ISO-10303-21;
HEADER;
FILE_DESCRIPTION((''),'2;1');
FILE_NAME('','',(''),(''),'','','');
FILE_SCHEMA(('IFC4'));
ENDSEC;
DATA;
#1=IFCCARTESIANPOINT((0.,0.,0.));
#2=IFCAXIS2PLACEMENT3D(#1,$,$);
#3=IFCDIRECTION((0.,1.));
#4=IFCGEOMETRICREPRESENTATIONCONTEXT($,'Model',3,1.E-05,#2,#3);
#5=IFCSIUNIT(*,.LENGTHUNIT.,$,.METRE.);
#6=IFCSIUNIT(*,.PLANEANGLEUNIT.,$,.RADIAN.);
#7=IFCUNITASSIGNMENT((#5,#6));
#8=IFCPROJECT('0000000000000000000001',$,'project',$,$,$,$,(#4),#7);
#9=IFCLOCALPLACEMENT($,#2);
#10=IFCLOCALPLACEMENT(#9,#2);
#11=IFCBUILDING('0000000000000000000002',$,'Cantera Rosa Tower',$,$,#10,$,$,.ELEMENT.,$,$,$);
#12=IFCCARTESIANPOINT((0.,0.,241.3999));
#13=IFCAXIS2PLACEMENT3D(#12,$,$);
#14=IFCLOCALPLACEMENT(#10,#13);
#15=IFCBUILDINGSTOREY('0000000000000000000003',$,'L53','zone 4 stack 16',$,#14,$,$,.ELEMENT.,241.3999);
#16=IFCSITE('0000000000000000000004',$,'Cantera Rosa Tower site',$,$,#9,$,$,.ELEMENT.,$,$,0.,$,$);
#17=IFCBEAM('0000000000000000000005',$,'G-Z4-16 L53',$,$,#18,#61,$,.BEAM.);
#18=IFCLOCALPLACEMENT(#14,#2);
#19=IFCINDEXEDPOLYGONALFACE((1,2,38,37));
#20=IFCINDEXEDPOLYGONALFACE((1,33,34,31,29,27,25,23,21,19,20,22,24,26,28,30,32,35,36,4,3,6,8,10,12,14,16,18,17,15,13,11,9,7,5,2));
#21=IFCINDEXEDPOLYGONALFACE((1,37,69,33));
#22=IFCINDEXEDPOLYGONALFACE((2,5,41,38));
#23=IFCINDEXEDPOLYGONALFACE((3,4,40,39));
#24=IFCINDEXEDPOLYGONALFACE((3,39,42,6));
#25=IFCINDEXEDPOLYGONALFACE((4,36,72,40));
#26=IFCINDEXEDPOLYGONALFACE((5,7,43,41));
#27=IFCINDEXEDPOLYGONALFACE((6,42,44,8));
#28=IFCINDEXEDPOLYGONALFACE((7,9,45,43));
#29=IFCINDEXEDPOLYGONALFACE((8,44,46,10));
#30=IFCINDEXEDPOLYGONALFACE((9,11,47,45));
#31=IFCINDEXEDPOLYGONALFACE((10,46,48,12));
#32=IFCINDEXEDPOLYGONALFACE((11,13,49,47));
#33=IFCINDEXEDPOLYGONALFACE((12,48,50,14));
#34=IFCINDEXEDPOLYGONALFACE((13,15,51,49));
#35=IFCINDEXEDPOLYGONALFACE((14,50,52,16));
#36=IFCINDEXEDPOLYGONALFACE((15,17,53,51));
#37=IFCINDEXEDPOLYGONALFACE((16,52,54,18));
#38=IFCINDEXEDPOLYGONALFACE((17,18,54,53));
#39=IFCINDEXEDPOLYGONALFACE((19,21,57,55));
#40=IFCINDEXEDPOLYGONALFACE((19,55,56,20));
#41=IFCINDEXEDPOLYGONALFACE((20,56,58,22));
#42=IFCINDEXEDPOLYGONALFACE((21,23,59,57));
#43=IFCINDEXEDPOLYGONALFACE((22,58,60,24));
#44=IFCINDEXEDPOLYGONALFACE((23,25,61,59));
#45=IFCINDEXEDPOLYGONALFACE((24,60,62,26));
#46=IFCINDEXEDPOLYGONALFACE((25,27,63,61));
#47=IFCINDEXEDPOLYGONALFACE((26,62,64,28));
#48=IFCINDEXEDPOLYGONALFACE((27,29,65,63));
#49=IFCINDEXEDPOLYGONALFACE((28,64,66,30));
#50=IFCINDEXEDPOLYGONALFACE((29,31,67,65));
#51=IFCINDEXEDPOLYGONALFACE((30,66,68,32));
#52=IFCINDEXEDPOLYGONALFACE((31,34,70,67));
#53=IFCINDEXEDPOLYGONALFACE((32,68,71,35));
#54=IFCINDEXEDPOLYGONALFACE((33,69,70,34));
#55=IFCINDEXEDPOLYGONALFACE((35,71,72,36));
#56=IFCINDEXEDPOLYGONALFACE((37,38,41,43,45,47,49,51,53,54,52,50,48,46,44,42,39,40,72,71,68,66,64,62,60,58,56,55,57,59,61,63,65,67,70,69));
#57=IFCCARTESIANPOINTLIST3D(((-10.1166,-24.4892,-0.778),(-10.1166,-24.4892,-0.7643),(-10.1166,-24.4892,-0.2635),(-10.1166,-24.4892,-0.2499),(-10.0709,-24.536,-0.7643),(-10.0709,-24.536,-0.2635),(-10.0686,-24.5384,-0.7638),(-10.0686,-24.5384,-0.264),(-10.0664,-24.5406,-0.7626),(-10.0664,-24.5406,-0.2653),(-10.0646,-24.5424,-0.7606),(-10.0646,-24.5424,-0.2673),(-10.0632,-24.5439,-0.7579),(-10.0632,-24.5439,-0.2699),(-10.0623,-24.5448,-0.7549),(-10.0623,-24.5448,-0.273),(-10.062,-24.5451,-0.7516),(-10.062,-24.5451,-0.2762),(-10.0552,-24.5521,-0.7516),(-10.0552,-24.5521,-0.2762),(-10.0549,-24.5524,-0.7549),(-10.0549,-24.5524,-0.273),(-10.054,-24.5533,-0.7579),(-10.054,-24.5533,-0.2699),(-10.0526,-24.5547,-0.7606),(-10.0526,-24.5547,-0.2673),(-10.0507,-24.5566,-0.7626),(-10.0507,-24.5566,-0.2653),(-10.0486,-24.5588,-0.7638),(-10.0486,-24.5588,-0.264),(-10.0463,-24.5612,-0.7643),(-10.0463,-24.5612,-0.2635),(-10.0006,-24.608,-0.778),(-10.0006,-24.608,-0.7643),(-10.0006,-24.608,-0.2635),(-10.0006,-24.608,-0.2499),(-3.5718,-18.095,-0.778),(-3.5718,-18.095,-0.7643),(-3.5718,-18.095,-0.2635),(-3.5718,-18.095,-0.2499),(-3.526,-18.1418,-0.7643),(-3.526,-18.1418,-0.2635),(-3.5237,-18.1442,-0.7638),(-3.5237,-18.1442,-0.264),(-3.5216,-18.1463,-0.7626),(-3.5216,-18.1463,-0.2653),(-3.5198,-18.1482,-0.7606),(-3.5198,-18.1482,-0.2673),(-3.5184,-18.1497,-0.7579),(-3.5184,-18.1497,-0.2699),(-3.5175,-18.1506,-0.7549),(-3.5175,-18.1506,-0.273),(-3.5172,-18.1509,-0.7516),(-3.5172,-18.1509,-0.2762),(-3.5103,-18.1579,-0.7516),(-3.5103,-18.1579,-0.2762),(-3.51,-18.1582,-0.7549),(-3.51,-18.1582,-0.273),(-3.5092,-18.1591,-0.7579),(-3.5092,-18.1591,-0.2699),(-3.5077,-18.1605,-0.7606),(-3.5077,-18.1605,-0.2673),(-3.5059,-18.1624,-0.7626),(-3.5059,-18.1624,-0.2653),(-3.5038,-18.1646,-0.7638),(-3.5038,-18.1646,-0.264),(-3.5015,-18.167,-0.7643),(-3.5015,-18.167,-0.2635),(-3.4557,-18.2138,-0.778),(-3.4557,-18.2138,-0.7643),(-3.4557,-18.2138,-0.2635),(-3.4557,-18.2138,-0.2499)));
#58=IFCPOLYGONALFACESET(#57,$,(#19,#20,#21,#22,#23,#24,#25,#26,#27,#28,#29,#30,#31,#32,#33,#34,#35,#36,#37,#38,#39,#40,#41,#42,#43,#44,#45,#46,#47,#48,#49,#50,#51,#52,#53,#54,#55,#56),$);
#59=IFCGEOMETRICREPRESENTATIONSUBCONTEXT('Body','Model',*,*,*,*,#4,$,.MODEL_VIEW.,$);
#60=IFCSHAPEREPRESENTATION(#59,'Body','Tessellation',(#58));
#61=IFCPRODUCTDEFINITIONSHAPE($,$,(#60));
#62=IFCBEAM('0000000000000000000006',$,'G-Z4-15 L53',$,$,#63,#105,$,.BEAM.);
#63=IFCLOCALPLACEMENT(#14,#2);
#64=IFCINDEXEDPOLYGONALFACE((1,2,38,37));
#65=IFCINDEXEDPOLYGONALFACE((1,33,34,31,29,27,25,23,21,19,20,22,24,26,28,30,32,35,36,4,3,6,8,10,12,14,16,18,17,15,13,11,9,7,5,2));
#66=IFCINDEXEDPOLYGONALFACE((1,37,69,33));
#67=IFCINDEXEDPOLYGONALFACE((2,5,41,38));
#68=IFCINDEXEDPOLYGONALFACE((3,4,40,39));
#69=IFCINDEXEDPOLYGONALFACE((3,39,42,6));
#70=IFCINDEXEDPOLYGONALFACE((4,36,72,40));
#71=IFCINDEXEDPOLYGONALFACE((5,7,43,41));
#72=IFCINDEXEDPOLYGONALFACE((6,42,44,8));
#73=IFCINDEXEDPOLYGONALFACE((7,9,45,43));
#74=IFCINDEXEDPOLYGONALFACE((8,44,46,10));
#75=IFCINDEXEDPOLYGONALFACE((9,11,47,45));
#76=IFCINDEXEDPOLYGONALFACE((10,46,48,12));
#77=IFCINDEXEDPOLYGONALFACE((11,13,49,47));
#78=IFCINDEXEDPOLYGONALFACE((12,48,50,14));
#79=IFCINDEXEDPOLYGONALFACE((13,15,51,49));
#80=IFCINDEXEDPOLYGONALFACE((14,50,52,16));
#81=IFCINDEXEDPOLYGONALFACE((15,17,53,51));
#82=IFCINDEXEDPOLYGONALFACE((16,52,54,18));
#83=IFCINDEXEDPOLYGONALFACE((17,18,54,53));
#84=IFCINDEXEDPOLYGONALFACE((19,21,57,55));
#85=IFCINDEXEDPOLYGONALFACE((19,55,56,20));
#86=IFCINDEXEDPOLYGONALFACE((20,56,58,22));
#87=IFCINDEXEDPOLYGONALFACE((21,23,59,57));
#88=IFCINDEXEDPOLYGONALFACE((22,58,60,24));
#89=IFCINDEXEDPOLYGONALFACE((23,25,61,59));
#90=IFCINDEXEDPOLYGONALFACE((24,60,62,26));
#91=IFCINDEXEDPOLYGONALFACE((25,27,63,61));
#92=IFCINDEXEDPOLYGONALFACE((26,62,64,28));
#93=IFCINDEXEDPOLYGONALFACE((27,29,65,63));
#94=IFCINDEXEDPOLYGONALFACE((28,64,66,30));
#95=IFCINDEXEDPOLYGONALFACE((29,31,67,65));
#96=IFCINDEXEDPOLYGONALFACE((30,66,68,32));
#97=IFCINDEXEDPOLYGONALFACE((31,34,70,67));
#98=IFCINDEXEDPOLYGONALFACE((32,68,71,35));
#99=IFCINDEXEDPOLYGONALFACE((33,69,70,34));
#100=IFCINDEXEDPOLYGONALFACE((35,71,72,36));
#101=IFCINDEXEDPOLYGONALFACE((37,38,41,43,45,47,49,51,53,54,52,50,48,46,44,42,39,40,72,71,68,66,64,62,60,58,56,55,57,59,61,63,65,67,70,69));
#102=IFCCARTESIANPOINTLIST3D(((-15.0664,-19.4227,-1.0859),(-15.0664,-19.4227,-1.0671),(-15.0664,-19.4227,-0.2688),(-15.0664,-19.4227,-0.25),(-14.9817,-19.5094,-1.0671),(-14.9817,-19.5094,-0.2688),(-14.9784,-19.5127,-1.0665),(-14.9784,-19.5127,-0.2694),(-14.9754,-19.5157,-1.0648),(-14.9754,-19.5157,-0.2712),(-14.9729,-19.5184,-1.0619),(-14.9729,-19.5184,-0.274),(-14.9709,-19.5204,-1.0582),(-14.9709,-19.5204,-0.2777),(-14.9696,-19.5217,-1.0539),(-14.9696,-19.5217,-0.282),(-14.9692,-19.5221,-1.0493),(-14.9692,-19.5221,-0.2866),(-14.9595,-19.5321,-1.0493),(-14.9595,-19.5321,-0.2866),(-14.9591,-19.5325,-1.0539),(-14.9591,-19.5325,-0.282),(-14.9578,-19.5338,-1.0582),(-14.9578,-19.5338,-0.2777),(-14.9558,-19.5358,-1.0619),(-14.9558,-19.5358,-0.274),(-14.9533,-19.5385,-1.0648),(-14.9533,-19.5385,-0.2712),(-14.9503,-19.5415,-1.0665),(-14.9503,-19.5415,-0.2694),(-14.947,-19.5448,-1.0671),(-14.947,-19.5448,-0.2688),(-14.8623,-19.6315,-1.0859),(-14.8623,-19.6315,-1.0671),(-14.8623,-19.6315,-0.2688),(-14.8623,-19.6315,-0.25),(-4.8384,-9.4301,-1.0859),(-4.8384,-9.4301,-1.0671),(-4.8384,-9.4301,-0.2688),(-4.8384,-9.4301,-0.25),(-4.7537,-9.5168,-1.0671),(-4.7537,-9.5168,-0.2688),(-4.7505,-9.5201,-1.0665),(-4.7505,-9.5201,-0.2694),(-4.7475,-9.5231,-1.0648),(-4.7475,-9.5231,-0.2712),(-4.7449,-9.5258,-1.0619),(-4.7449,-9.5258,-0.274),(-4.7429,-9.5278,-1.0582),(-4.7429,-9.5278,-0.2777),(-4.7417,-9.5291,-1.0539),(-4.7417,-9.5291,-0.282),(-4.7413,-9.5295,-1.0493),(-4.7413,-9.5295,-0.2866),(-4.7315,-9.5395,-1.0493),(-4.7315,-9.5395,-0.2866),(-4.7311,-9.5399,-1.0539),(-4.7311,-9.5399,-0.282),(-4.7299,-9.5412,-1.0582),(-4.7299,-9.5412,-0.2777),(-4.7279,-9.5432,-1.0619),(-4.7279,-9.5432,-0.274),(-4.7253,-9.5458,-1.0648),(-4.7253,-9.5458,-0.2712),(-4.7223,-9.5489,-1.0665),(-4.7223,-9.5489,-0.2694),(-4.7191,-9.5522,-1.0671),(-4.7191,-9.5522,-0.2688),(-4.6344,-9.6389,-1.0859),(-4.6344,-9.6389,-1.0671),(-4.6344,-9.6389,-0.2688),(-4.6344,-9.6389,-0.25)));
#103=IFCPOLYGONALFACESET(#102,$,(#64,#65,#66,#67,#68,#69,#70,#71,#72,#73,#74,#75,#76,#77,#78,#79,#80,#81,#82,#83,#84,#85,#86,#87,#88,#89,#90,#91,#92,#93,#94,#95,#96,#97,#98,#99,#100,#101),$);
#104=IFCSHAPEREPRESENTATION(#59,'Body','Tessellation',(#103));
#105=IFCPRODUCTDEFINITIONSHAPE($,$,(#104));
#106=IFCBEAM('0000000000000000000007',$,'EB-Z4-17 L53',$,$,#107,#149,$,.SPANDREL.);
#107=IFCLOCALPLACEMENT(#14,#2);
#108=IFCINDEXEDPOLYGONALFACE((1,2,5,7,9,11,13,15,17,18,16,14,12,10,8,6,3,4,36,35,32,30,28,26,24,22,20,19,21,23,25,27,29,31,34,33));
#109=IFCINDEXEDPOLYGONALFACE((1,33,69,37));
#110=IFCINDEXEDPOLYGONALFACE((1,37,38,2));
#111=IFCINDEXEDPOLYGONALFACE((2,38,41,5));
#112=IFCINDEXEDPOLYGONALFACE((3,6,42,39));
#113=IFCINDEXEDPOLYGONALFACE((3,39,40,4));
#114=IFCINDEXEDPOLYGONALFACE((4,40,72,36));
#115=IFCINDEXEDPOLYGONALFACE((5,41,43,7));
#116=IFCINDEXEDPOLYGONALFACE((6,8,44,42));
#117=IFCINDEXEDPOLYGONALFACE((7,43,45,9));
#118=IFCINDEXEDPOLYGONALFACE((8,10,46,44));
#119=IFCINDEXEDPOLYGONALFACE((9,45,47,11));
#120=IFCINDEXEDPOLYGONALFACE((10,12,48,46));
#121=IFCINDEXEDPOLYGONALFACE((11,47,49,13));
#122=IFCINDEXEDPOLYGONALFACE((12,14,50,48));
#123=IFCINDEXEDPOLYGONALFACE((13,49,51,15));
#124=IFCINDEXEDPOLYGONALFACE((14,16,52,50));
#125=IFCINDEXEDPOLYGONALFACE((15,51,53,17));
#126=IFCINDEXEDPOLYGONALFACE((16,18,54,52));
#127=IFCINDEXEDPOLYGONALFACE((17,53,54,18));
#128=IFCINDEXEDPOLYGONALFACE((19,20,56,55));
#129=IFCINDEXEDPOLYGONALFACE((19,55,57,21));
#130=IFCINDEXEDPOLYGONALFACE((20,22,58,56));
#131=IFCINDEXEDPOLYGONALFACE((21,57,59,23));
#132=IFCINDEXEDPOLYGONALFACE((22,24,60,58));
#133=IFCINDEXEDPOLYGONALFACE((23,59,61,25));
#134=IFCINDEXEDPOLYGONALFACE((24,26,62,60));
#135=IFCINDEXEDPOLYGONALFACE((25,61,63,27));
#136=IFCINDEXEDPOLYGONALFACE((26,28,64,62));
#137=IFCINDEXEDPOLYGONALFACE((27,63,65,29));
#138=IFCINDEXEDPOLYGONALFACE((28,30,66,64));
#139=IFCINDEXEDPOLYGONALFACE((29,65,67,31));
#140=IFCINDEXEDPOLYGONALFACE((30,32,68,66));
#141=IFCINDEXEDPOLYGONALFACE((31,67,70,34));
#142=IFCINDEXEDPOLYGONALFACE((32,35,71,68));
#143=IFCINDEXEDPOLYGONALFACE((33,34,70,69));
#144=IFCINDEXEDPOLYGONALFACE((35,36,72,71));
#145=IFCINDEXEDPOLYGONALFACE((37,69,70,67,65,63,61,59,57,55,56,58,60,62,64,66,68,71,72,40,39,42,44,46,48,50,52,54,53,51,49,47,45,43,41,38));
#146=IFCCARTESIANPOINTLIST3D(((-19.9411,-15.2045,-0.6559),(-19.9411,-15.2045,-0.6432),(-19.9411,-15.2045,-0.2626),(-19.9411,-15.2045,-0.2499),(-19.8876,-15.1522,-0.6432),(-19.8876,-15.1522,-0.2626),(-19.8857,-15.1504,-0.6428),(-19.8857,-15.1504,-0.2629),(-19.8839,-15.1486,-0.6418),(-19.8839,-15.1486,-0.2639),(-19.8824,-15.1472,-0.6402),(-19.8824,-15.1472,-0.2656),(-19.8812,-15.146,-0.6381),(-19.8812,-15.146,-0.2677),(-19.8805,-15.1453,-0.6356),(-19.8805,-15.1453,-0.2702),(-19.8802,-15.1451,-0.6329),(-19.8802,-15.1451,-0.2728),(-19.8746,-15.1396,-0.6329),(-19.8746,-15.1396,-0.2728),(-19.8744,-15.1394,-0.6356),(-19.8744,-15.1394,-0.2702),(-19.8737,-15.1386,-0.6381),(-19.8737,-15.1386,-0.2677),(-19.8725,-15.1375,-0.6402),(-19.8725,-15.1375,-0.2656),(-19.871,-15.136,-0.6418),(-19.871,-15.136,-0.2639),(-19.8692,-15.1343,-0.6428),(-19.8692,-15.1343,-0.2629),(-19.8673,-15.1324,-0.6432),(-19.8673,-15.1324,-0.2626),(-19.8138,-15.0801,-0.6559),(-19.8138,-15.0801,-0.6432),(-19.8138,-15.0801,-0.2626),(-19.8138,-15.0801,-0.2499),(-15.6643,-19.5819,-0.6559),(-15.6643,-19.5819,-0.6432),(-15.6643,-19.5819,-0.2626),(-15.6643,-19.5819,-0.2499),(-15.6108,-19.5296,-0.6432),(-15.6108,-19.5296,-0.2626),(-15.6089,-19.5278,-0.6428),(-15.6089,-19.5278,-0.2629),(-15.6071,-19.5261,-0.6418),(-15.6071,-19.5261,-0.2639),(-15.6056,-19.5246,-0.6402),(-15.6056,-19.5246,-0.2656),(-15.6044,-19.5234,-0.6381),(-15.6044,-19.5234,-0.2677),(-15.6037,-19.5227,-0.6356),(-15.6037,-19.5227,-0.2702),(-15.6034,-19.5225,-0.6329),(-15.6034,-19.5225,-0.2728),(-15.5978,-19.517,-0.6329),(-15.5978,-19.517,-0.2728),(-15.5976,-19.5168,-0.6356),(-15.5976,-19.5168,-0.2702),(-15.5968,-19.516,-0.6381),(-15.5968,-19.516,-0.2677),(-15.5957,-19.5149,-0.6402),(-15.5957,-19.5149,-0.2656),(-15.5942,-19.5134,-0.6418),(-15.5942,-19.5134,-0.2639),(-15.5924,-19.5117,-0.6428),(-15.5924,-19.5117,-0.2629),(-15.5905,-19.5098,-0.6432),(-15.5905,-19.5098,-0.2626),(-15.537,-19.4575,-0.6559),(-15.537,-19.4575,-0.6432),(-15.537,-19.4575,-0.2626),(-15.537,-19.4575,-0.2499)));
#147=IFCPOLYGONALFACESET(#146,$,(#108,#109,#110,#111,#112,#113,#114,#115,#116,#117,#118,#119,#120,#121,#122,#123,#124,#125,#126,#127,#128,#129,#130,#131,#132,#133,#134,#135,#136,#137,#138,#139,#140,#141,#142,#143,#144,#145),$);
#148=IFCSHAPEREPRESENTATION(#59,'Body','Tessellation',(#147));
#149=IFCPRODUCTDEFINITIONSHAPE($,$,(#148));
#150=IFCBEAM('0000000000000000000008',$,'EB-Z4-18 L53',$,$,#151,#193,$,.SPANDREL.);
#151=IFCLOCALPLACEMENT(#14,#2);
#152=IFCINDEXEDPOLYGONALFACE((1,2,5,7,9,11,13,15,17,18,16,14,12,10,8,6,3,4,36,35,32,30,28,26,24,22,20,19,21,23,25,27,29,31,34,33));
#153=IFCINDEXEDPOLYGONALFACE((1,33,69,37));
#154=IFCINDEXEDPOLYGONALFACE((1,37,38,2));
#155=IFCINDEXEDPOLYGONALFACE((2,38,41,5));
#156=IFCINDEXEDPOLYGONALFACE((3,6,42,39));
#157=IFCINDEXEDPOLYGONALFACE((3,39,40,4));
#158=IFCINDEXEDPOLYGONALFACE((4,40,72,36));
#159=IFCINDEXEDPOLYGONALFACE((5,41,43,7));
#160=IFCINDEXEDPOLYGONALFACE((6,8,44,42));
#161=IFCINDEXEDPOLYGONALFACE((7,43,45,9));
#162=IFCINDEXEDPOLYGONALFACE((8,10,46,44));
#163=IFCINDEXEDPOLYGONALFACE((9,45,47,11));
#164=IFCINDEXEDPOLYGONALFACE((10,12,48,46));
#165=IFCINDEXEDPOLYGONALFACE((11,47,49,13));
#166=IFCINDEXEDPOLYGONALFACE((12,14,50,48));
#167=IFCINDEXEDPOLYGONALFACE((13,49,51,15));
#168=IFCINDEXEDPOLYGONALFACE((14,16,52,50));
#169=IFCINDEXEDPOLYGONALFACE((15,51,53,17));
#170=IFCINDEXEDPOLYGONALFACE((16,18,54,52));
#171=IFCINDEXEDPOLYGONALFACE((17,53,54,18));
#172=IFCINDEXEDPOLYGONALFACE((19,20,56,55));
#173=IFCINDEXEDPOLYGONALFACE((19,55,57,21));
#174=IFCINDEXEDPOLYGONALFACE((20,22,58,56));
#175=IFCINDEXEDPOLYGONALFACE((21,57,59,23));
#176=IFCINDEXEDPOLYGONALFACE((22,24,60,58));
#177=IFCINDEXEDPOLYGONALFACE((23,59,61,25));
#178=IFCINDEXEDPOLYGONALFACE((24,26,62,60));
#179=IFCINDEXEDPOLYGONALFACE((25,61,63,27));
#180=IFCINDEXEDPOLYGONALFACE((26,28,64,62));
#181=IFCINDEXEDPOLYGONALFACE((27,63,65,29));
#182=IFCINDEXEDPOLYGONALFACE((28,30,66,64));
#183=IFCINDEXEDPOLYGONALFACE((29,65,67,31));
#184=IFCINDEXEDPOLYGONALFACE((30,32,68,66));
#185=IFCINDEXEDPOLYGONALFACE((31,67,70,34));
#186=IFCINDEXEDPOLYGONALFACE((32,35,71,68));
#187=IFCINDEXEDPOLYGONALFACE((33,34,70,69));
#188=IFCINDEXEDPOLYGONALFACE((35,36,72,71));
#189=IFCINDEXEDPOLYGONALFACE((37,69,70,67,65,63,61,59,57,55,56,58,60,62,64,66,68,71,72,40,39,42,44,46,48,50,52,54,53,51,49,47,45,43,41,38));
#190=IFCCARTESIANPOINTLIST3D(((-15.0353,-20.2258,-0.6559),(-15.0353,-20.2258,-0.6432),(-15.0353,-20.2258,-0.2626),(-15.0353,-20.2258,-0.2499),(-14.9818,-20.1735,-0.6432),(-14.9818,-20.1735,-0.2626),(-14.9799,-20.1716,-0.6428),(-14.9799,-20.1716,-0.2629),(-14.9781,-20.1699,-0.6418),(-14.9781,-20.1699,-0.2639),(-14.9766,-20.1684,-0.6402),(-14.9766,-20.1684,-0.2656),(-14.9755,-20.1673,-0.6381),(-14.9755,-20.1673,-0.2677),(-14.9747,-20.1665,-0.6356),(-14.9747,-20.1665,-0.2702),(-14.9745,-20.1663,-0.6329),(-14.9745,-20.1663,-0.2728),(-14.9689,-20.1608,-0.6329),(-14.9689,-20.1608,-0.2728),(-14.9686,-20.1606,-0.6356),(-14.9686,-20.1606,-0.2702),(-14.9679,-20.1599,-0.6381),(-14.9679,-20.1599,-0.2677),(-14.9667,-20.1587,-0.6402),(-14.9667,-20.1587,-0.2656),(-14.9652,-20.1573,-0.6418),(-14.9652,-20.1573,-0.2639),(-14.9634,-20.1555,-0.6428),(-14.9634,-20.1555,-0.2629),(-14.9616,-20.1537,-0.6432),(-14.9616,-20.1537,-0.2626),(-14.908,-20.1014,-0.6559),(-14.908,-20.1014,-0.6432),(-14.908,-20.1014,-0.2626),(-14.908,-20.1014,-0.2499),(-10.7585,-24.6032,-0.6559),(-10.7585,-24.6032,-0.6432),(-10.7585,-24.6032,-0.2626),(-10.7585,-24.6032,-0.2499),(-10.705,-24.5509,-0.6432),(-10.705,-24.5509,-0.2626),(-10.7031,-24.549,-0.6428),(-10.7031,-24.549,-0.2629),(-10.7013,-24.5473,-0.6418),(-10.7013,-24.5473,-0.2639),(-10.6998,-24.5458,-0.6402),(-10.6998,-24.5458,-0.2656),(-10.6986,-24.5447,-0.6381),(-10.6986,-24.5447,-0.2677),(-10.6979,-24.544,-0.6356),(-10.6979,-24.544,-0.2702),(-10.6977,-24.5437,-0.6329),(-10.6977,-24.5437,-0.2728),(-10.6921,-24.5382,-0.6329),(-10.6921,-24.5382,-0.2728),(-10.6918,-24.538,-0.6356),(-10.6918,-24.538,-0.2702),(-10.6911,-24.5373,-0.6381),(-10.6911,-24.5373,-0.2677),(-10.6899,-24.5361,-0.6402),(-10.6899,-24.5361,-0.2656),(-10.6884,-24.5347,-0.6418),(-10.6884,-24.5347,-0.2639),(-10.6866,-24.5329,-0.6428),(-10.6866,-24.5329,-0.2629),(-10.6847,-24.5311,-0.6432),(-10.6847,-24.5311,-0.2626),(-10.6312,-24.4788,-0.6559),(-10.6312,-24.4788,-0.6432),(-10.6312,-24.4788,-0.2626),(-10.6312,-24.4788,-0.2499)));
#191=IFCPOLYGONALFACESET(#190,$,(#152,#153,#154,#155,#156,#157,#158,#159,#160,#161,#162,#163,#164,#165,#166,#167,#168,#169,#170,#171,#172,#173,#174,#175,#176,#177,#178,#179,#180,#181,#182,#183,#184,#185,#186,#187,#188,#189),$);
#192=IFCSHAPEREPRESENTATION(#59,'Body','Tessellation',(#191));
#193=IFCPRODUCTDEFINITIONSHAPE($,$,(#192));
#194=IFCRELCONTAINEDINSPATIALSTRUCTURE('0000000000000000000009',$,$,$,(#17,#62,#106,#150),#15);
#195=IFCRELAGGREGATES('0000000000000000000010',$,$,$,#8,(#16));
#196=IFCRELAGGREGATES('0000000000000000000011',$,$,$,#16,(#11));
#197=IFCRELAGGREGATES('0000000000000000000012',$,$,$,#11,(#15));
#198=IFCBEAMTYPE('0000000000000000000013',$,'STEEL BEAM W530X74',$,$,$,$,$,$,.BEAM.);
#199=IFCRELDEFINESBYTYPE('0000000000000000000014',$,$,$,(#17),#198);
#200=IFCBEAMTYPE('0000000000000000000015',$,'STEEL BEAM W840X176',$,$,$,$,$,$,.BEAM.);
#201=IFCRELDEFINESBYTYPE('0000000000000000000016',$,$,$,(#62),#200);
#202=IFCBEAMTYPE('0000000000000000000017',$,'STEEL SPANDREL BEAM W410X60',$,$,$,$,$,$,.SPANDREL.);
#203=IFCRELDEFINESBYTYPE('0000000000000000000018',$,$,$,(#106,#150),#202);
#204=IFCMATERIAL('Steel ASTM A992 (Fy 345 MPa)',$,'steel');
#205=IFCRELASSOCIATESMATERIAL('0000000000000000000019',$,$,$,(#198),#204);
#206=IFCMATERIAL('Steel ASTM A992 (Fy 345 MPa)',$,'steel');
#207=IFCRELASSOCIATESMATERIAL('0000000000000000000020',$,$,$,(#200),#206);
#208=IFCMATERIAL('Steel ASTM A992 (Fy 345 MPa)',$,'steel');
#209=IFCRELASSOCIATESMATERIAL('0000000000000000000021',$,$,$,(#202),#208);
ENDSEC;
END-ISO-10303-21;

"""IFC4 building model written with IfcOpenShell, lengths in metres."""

from ifc_helpers import new_model, si_unit, direction, frame, origin, origin_2d, place, context, subcontext, project, spatial, i_section, extrude, material, material_profile, profile_set, type_object, element, save


model = new_model("IFC4")

# Units and contexts
model_context = context("Model", 3, precision=1e-05, world=origin(), true_north=direction((0.0, 1.0)))
body_context = subcontext(model_context, "Body", "Model", "MODEL_VIEW")
ifc_project = project(units=[si_unit("LENGTHUNIT", "METRE"), si_unit("PLANEANGLEUNIT", "RADIAN")], contexts=[model_context])

# Site, building, storey
site_placement = place(None, origin())
site = spatial("IfcSite", under=ifc_project, at=site_placement, Name="Cantera Rosa Tower site", CompositionType="ELEMENT", RefElevation=0.0)
building_placement = place(site_placement, origin())
building = spatial("IfcBuilding", under=site, at=building_placement, Name="Cantera Rosa Tower", CompositionType="ELEMENT")
storey_placement = place(building_placement, frame((0.0, 0.0, 241.3999)))
storey = spatial("IfcBuildingStorey", under=building, at=storey_placement, Name="L53", Description="zone 4 stack 16", CompositionType="ELEMENT", Elevation=241.3999)

# Beams
ifc_material_1 = material(Name="Steel ASTM A992 (Fy 345 MPa)", Category="steel")
ifc_material_profile_1 = material_profile(ifc_material_1, i_section(OverallWidth=0.166, OverallDepth=0.5281, WebThickness=0.0098, FlangeThickness=0.0137, FilletRadius=0.0127, at=origin_2d()), Name="W530X74")
ifc_profile_set_1 = profile_set([ifc_material_profile_1], Name="Steel ASTM A992 (Fy 345 MPa)")
beam_type_1 = type_object("IfcBeamType", Name="STEEL BEAM W530X74", PredefinedType="BEAM", material=ifc_profile_set_1)
for number, where, z_axis, x_axis, name in (
    (1, (-10.0586, -24.5486, -0.5139), (0.71529, 0.698827, 0.0), (-0.698827, 0.71529, 0.0), "G-Z4-16 L53"),
):
    element("IfcBeam", number, at=place(storey_placement, frame(where, z_axis=z_axis, x_axis=x_axis)), inside=storey, type_object=beam_type_1, Name=name, PredefinedType="BEAM", context=body_context, shape_type="SweptSolid", body=[
        extrude(i_section(OverallWidth=0.166, OverallDepth=0.5281, WebThickness=0.0098, FlangeThickness=0.0137, FilletRadius=0.0127, at=origin_2d()), origin(), (0.0, 0.0, 1.0), 9.1499),
    ])
ifc_material_2 = material(Name="Steel ASTM A992 (Fy 345 MPa)", Category="steel")
ifc_material_profile_2 = material_profile(ifc_material_2, i_section(OverallWidth=0.292, OverallDepth=0.8359, WebThickness=0.0139, FlangeThickness=0.0188, FilletRadius=0.0178, at=origin_2d()), Name="W840X176")
ifc_profile_set_2 = profile_set([ifc_material_profile_2], Name="Steel ASTM A992 (Fy 345 MPa)")
beam_type_2 = type_object("IfcBeamType", Name="STEEL BEAM W840X176", PredefinedType="BEAM", material=ifc_profile_set_2)
beam_1_placement = place(storey_placement, frame((-14.9644, -19.5271, -0.668), z_axis=(0.715288, 0.698829, 0.0), x_axis=(-0.698829, 0.715288, 0.0)))
element("IfcBeam", 2, at=beam_1_placement, inside=storey, type_object=beam_type_2, Name="G-Z4-15 L53", PredefinedType="BEAM", context=body_context, shape_type="SweptSolid", body=[
    extrude(i_section(OverallWidth=0.292, OverallDepth=0.8359, WebThickness=0.0139, FlangeThickness=0.0188, FilletRadius=0.0178, at=origin_2d()), origin(), (0.0, 0.0, 1.0), 14.2991),
])
ifc_material_3 = material(Name="Steel ASTM A992 (Fy 345 MPa)", Category="steel")
ifc_material_profile_3 = material_profile(ifc_material_3, i_section(OverallWidth=0.178, OverallDepth=0.406, WebThickness=0.0078, FlangeThickness=0.0127, FilletRadius=0.0103, at=origin_2d()), Name="W410X60")
ifc_profile_set_3 = profile_set([ifc_material_profile_3], Name="Steel ASTM A992 (Fy 345 MPa)")
beam_type_3 = type_object("IfcBeamType", Name="STEEL SPANDREL BEAM W410X60", PredefinedType="SPANDREL", material=ifc_profile_set_3)
for number, where, z_axis, x_axis, name in (
    (3, (-19.8774, -15.1423, -0.4529), (0.698841, -0.715277, 0.0), (0.715277, 0.698841, 0.0), "EB-Z4-17 L53"),
    (4, (-14.9717, -20.1636, -0.4529), (0.698841, -0.715277, 0.0), (0.715277, 0.698841, 0.0), "EB-Z4-18 L53"),
):
    element("IfcBeam", number, at=place(storey_placement, frame(where, z_axis=z_axis, x_axis=x_axis)), inside=storey, type_object=beam_type_3, Name=name, PredefinedType="SPANDREL", context=body_context, shape_type="SweptSolid", body=[
        extrude(i_section(OverallWidth=0.178, OverallDepth=0.406, WebThickness=0.0078, FlangeThickness=0.0127, FilletRadius=0.0103, at=origin_2d()), origin(), (0.0, 0.0, 1.0), 6.1199),
    ])

save(model, "model.ifc")
